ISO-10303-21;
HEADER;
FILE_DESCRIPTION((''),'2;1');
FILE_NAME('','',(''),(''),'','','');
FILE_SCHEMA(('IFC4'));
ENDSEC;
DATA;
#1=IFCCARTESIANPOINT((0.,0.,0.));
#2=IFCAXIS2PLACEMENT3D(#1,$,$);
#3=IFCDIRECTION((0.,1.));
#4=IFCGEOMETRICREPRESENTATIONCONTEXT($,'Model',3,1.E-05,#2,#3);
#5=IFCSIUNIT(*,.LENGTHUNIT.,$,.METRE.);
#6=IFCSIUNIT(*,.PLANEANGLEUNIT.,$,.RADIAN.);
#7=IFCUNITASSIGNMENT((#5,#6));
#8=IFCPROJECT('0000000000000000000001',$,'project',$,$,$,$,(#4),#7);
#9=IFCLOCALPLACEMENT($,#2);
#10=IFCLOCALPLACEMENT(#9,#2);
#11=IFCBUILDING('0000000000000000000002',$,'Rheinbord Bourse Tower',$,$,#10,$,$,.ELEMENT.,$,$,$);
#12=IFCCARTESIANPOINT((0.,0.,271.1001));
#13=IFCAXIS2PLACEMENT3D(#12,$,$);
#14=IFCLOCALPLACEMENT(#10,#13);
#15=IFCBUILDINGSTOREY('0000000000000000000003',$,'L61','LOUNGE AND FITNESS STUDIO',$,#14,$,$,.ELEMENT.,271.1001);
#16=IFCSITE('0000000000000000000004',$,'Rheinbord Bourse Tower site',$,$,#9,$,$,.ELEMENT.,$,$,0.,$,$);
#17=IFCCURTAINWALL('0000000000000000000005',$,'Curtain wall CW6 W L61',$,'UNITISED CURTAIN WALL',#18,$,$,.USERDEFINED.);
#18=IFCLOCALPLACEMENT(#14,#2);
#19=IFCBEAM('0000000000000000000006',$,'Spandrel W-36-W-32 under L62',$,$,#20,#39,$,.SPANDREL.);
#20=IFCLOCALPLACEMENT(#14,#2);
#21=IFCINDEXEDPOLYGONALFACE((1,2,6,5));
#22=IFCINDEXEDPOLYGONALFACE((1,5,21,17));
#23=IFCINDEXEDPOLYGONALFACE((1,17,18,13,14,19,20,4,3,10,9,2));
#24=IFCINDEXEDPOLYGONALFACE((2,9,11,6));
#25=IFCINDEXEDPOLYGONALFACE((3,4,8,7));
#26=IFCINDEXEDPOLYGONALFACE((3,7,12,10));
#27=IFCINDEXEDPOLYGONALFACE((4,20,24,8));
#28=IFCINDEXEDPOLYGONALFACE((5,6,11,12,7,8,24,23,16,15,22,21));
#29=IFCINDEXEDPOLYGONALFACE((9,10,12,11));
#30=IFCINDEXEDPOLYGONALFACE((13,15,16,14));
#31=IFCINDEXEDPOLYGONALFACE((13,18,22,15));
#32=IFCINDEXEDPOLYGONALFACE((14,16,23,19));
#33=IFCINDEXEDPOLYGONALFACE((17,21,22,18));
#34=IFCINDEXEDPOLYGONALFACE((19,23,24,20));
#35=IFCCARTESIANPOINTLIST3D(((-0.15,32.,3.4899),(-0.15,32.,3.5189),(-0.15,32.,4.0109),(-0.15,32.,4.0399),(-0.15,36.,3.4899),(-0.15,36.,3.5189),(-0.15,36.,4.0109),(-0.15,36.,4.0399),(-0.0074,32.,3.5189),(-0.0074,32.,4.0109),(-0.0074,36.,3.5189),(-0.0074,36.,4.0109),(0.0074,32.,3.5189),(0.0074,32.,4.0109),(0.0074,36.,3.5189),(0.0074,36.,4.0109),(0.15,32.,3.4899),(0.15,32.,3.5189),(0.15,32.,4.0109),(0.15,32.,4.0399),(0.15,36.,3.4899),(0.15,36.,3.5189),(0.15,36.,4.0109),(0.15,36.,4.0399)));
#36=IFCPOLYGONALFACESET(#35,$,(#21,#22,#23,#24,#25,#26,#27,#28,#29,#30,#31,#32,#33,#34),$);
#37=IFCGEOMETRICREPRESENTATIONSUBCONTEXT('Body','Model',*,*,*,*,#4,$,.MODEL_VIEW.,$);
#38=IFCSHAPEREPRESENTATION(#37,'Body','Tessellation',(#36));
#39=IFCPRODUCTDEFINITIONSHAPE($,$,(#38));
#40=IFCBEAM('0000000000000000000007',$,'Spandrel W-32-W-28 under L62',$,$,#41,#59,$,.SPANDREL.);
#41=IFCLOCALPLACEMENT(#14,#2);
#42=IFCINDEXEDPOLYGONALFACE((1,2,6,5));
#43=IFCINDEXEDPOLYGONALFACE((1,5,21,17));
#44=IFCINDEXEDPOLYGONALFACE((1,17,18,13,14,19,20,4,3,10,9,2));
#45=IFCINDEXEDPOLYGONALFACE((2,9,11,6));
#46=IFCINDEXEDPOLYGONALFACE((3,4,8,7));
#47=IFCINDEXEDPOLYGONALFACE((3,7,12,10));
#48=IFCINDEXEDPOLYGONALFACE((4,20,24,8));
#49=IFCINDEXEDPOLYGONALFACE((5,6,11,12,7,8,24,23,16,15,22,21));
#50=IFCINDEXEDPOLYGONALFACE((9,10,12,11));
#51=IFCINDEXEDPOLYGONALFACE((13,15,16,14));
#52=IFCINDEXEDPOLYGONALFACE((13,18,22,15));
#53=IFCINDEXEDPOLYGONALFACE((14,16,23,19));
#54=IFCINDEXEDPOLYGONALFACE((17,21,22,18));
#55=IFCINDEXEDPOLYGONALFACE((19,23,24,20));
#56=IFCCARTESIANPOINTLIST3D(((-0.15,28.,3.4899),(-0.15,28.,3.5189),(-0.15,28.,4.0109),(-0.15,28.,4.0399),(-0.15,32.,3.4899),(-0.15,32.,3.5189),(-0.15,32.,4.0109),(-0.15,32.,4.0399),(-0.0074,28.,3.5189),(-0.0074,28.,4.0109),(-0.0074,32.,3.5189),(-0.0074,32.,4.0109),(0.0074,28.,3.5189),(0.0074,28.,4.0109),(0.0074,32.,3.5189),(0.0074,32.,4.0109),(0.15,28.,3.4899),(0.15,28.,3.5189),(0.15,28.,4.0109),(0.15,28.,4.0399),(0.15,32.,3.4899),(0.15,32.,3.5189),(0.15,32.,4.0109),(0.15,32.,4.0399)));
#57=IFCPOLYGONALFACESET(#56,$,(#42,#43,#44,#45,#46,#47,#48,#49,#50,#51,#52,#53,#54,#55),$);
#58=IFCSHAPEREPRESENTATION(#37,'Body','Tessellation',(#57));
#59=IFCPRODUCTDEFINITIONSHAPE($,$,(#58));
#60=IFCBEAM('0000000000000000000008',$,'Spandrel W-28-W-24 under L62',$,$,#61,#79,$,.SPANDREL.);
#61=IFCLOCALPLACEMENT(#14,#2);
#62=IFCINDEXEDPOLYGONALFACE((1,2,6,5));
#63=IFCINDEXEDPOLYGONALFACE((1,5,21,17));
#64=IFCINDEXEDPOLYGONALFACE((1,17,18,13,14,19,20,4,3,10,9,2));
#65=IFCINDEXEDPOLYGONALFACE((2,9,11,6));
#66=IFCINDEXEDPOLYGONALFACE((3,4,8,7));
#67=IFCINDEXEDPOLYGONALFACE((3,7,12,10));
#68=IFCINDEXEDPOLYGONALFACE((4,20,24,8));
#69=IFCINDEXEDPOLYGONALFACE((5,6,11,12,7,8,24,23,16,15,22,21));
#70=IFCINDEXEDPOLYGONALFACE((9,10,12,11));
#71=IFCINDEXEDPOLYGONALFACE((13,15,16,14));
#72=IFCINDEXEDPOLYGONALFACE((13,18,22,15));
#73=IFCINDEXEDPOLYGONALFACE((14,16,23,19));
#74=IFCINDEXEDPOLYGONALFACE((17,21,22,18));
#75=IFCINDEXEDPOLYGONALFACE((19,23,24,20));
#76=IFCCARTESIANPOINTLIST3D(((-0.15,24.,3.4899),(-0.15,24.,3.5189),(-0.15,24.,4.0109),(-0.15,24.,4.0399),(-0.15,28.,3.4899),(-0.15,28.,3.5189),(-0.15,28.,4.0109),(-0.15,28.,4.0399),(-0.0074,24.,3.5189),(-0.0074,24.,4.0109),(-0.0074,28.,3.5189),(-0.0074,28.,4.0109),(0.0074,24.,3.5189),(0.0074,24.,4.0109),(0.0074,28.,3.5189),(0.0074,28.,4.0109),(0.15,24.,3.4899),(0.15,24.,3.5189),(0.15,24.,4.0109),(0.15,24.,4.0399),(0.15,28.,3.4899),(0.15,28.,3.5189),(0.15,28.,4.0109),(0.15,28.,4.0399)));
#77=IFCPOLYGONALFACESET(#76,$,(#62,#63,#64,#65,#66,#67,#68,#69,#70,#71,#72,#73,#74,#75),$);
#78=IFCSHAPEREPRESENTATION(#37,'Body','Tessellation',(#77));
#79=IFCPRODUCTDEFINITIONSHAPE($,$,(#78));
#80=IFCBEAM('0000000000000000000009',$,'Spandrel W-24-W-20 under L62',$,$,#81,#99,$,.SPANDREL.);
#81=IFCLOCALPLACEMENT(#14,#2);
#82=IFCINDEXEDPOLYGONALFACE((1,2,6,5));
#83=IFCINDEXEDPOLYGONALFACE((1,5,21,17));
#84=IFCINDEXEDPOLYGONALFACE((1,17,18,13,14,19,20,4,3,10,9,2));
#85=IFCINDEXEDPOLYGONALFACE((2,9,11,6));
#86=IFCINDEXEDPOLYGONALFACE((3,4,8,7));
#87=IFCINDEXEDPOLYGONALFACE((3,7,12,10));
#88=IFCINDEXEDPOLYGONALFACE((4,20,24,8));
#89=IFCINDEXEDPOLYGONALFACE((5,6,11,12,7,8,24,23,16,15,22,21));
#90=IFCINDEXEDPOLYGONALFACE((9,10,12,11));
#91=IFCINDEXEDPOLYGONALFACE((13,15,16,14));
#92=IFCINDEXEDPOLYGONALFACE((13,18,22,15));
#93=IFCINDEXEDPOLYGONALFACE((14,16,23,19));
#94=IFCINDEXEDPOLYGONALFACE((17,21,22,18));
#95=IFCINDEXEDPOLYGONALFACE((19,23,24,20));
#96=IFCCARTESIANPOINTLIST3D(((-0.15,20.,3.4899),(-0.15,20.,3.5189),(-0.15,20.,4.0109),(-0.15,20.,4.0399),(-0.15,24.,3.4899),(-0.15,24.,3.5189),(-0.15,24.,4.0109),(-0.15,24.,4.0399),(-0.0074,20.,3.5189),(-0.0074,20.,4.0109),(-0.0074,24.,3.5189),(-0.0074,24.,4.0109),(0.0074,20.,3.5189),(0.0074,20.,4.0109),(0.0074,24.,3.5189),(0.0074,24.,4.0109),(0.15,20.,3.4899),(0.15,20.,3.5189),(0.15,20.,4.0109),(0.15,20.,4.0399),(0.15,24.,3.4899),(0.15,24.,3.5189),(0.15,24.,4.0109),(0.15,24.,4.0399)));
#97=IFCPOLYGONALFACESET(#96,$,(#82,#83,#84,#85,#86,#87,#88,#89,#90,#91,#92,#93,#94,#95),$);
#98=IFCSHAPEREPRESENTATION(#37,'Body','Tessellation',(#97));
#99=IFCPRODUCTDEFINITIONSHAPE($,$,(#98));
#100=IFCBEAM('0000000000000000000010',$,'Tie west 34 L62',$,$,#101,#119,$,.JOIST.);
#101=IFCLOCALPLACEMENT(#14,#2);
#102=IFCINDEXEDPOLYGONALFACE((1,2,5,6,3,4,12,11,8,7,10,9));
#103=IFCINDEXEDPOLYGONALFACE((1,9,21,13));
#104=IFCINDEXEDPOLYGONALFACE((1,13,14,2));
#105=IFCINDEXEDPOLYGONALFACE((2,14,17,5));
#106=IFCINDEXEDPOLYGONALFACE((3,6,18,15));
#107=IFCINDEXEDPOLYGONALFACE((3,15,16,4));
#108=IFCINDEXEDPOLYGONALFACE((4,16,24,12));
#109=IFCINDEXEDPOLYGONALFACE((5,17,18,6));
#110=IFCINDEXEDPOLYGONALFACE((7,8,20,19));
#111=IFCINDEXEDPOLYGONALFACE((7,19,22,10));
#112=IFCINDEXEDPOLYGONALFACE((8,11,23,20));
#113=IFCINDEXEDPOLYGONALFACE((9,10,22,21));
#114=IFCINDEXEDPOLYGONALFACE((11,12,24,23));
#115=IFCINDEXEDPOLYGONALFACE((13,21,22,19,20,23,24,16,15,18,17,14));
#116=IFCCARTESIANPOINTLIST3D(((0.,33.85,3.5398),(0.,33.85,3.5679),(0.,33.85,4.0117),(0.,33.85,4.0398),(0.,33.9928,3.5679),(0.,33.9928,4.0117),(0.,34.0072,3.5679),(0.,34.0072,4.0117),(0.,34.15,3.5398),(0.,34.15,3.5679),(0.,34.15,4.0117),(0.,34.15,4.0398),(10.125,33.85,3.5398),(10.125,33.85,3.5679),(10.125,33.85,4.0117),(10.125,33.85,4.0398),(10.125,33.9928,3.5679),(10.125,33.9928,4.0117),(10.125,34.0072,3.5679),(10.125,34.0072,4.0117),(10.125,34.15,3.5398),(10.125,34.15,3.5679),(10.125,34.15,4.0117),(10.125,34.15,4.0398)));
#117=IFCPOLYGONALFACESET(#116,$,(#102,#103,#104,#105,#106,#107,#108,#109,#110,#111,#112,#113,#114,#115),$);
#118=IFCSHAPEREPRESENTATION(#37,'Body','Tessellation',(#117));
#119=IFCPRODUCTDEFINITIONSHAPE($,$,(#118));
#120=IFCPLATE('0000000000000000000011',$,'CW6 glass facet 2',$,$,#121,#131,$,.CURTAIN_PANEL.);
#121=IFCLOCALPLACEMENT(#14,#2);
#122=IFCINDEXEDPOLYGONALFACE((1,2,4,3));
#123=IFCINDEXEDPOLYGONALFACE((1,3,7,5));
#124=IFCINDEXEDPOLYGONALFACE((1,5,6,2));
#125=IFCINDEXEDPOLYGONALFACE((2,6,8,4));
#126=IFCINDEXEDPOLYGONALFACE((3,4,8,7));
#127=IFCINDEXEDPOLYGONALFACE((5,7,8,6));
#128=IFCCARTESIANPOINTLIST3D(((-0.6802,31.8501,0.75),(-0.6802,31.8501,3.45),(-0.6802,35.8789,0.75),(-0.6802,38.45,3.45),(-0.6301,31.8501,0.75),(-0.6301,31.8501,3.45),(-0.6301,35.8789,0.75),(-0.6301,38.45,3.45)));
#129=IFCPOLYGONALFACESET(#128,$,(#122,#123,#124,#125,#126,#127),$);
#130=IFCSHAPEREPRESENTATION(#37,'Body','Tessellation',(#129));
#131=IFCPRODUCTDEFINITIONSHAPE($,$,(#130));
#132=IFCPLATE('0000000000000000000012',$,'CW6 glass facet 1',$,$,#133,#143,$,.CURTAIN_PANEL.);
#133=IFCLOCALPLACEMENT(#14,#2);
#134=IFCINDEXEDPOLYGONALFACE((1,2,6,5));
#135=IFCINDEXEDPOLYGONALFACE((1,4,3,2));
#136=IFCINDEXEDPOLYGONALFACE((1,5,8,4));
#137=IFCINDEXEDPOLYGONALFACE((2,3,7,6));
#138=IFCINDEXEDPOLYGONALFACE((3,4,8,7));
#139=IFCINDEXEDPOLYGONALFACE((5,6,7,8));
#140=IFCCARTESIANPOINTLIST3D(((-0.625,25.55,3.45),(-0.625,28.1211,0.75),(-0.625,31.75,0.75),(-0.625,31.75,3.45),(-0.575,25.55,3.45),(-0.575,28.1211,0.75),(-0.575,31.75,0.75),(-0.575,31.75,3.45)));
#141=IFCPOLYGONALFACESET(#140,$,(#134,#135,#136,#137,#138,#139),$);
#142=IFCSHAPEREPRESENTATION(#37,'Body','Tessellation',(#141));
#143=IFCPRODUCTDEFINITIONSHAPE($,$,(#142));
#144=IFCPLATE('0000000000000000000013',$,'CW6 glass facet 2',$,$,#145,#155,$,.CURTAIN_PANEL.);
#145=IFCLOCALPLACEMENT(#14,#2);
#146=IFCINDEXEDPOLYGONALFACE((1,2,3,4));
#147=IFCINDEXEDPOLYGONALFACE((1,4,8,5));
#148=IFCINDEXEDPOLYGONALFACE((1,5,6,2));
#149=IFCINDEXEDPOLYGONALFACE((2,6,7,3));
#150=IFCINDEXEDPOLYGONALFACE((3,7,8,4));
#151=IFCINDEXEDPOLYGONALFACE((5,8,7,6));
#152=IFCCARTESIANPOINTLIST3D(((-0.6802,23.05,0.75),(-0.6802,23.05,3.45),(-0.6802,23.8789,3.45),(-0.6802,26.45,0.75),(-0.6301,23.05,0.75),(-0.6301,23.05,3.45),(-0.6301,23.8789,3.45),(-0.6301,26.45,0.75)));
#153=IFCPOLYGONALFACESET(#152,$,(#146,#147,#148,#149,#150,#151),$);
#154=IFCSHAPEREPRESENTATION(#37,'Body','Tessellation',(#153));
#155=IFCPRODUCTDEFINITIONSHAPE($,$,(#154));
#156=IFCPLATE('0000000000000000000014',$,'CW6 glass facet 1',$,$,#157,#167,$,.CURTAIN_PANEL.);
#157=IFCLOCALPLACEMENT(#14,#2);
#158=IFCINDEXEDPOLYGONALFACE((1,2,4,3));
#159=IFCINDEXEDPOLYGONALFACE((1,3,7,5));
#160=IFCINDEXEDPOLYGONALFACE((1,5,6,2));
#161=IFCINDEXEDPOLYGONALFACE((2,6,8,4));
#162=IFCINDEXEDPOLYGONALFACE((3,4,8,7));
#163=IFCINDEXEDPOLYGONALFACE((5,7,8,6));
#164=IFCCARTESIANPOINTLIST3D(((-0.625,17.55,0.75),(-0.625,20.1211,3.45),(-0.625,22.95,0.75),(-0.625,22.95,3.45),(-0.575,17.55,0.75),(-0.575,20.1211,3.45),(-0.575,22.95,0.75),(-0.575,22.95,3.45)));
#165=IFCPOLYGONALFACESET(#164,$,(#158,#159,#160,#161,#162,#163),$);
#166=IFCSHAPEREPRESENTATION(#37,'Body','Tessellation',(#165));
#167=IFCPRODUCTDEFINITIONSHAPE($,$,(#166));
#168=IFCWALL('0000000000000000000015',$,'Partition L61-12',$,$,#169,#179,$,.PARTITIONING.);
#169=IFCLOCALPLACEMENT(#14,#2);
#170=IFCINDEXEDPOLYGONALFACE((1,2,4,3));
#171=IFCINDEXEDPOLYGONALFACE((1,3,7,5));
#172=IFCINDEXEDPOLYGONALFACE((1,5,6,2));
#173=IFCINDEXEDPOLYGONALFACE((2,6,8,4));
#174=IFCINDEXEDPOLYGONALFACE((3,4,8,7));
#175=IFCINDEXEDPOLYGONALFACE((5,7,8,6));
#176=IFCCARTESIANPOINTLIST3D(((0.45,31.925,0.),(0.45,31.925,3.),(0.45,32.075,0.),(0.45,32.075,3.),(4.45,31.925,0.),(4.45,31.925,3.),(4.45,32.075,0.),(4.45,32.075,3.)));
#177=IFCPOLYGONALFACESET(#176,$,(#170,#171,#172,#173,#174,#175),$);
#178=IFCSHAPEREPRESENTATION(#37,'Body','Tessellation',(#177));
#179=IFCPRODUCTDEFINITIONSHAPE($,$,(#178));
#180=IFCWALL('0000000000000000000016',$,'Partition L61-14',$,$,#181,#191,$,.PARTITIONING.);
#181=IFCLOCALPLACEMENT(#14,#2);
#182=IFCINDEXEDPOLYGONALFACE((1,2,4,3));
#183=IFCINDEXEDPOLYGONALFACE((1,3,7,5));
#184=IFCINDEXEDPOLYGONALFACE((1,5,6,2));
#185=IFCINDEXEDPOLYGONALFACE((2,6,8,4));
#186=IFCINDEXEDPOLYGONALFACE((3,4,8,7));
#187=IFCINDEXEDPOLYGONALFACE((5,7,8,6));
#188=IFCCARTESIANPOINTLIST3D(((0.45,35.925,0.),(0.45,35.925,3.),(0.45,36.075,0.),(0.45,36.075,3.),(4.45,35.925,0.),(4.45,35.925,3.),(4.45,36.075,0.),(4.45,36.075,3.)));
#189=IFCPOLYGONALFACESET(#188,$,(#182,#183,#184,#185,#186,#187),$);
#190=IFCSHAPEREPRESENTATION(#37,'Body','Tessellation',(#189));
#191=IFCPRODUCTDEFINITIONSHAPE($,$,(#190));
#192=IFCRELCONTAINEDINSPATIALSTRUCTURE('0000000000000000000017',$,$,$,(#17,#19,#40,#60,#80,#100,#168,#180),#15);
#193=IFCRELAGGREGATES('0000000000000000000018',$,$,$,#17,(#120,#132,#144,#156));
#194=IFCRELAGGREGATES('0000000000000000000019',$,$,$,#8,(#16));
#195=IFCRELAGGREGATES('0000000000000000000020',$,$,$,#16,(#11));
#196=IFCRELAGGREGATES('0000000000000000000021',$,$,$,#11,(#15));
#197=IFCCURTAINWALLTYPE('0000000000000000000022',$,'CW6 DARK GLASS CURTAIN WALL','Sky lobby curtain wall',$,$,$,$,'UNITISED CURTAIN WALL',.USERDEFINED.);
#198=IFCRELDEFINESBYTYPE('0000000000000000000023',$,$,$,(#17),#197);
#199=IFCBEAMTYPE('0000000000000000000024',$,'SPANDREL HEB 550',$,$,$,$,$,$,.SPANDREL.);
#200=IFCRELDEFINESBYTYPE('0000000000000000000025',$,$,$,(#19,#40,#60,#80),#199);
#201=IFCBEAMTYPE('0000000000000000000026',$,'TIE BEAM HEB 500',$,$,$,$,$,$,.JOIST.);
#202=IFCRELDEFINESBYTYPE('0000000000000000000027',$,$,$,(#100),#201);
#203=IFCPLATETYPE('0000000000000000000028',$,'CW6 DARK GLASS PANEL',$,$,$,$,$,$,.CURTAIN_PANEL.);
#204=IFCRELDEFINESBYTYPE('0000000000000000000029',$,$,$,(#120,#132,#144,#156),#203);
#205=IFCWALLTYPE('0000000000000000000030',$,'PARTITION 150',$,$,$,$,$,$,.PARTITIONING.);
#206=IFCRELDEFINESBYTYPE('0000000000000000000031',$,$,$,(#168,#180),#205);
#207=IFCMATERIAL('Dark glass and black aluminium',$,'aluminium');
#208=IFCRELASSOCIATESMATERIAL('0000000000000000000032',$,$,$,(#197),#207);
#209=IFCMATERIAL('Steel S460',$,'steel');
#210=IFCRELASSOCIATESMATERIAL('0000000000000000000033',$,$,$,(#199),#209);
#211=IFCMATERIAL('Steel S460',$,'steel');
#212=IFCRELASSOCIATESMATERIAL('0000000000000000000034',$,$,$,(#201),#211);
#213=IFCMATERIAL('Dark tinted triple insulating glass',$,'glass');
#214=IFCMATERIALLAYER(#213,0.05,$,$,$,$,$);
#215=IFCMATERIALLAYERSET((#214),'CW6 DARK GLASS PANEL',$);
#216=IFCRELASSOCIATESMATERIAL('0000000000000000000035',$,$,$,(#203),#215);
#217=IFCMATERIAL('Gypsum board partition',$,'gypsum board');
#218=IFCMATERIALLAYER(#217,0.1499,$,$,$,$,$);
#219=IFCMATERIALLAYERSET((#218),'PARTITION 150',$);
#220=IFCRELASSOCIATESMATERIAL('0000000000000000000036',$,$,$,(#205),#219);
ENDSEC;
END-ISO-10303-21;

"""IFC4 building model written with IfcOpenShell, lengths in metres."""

from ifc_helpers import new_model, si_unit, direction, frame, frame_2d, origin, origin_2d, place, context, subcontext, project, spatial, polyline, rectangle, i_section, outline, extrude, material, layer, layer_set, material_profile, profile_set, type_object, element, aggregate, save


model = new_model("IFC4")

# Units and contexts
model_context = context("Model", 3, precision=1e-05, world=origin(), true_north=direction((0.0, 1.0)))
body_context = subcontext(model_context, "Body", "Model", "MODEL_VIEW")
ifc_project = project(units=[si_unit("LENGTHUNIT", "METRE"), si_unit("PLANEANGLEUNIT", "RADIAN")], contexts=[model_context])

# Site, building, storey
site_placement = place(None, origin())
site = spatial("IfcSite", under=ifc_project, at=site_placement, Name="Rheinbord Bourse Tower site", CompositionType="ELEMENT", RefElevation=0.0)
building_placement = place(site_placement, origin())
building = spatial("IfcBuilding", under=site, at=building_placement, Name="Rheinbord Bourse Tower", CompositionType="ELEMENT")
storey_placement = place(building_placement, frame((0.0, 0.0, 271.1001)))
storey = spatial("IfcBuildingStorey", under=building, at=storey_placement, Name="L61", Description="LOUNGE AND FITNESS STUDIO", CompositionType="ELEMENT", Elevation=271.1001)

# Curtain wall
ifc_material_1 = material(Name="Dark glass and black aluminium", Category="aluminium")
curtain_wall_type = type_object("IfcCurtainWallType", Name="CW6 DARK GLASS CURTAIN WALL", Description="Sky lobby curtain wall", ElementType="UNITISED CURTAIN WALL", PredefinedType="USERDEFINED", material=ifc_material_1)
curtain_wall_placement = place(storey_placement, origin())
curtain_wall = element("IfcCurtainWall", 1, at=curtain_wall_placement, inside=storey, type_object=curtain_wall_type, Name="Curtain wall CW6 W L61", ObjectType="UNITISED CURTAIN WALL", PredefinedType="USERDEFINED")

# Beams
ifc_material_2 = material(Name="Steel S460", Category="steel")
ifc_material_profile_1 = material_profile(ifc_material_2, i_section(OverallWidth=0.3, OverallDepth=0.55, WebThickness=0.0149, FlangeThickness=0.0291, at=origin_2d()), Name="HEB 550")
ifc_profile_set_1 = profile_set([ifc_material_profile_1], Name="Steel S460")
beam_type_1 = type_object("IfcBeamType", Name="SPANDREL HEB 550", PredefinedType="SPANDREL", material=ifc_profile_set_1)
for number, where, z_axis, x_axis, name in (
    (2, (0.0, 36.0, 3.7649), (0.0, -1.0, 0.0), (1.0, 0.0, 0.0), "Spandrel W-36-W-32 under L62"),
    (3, (0.0, 32.0, 3.7649), (0.0, -1.0, 0.0), (1.0, 0.0, 0.0), "Spandrel W-32-W-28 under L62"),
    (4, (0.0, 28.0, 3.7649), (0.0, -1.0, 0.0), (1.0, 0.0, 0.0), "Spandrel W-28-W-24 under L62"),
    (5, (0.0, 24.0, 3.7649), (0.0, -1.0, 0.0), (1.0, 0.0, 0.0), "Spandrel W-24-W-20 under L62"),
):
    element("IfcBeam", number, at=place(storey_placement, frame(where, z_axis=z_axis, x_axis=x_axis)), inside=storey, type_object=beam_type_1, Name=name, PredefinedType="SPANDREL", context=body_context, shape_type="SweptSolid", body=[
        extrude(i_section(OverallWidth=0.3, OverallDepth=0.55, WebThickness=0.0149, FlangeThickness=0.0291, at=origin_2d()), origin(), (0.0, 0.0, 1.0), 4.0),
    ])
ifc_material_3 = material(Name="Steel S460", Category="steel")
ifc_material_profile_2 = material_profile(ifc_material_3, i_section(OverallWidth=0.3, OverallDepth=0.5, WebThickness=0.0144, FlangeThickness=0.0281, at=origin_2d()), Name="HEB 500")
ifc_profile_set_2 = profile_set([ifc_material_profile_2], Name="Steel S460")
beam_type_2 = type_object("IfcBeamType", Name="TIE BEAM HEB 500", PredefinedType="JOIST", material=ifc_profile_set_2)
beam_1_placement = place(storey_placement, frame((0.0, 34.0, 3.7898), z_axis=(1.0, 0.0, 0.0), x_axis=(0.0, 1.0, 0.0)))
element("IfcBeam", 6, at=beam_1_placement, inside=storey, type_object=beam_type_2, Name="Tie west 34 L62", PredefinedType="JOIST", context=body_context, shape_type="SweptSolid", body=[
    extrude(i_section(OverallWidth=0.3, OverallDepth=0.5, WebThickness=0.0144, FlangeThickness=0.0281, at=origin_2d()), origin(), (0.0, 0.0, 1.0), 10.125),
])

# Plates
ifc_material_4 = material(Name="Dark tinted triple insulating glass", Category="glass")
ifc_layer_1 = layer(ifc_material_4, 0.05)
ifc_layer_set_1 = layer_set([ifc_layer_1], Name="CW6 DARK GLASS PANEL")
plate_type = type_object("IfcPlateType", Name="CW6 DARK GLASS PANEL", PredefinedType="CURTAIN_PANEL", material=ifc_layer_set_1)
plate_1_placement = place(storey_placement, frame((-0.6802, 31.8501, 3.45), z_axis=(1.0, 0.0, 0.0), x_axis=(0.0, 0.0, -1.0)))
plate_1 = element("IfcPlate", 7, at=plate_1_placement, type_object=plate_type, Name="CW6 glass facet 2", PredefinedType="CURTAIN_PANEL", context=body_context, shape_type="SweptSolid", body=[
    extrude(outline(polyline([(0.0, 0.0), (2.7, 0.0), (2.7, 4.0288), (0.0, 6.5999), (0.0, 0.0)])), origin(), (0.0, 0.0, 1.0), 0.05),
])
plate_2_placement = place(storey_placement, frame((-0.625, 31.75, 0.75), z_axis=(1.0, 0.0, 0.0), x_axis=(0.0, 0.0, 1.0)))
plate_2 = element("IfcPlate", 8, at=plate_2_placement, type_object=plate_type, Name="CW6 glass facet 1", PredefinedType="CURTAIN_PANEL", context=body_context, shape_type="SweptSolid", body=[
    extrude(outline(polyline([(0.0, 0.0), (2.7, 0.0), (2.7, 6.2), (0.0, 3.6289), (0.0, 0.0)])), origin(), (0.0, 0.0, 1.0), 0.05),
])
plate_3_placement = place(storey_placement, frame((-0.6802, 23.05, 3.45), z_axis=(1.0, 0.0, 0.0), x_axis=(0.0, 0.0, -1.0)))
plate_3 = element("IfcPlate", 9, at=plate_3_placement, type_object=plate_type, Name="CW6 glass facet 2", PredefinedType="CURTAIN_PANEL", context=body_context, shape_type="SweptSolid", body=[
    extrude(outline(polyline([(0.0, 0.0), (2.7, 0.0), (2.7, 3.3999), (0.0, 0.8289), (0.0, 0.0)])), origin(), (0.0, 0.0, 1.0), 0.05),
])
plate_4_placement = place(storey_placement, frame((-0.625, 22.95, 0.75), z_axis=(1.0, 0.0, 0.0), x_axis=(0.0, 0.0, 1.0)))
plate_4 = element("IfcPlate", 10, at=plate_4_placement, type_object=plate_type, Name="CW6 glass facet 1", PredefinedType="CURTAIN_PANEL", context=body_context, shape_type="SweptSolid", body=[
    extrude(outline(polyline([(0.0, 0.0), (2.7, 0.0), (2.7, 2.8289), (0.0, 5.3999), (0.0, 0.0)])), origin(), (0.0, 0.0, 1.0), 0.05),
])
aggregate(curtain_wall, [plate_1, plate_2, plate_3, plate_4])

# Walls
ifc_material_5 = material(Name="Gypsum board partition", Category="gypsum board")
ifc_layer_2 = layer(ifc_material_5, 0.1499)
ifc_layer_set_2 = layer_set([ifc_layer_2], Name="PARTITION 150")
wall_type = type_object("IfcWallType", Name="PARTITION 150", PredefinedType="PARTITIONING", material=ifc_layer_set_2)
for number, where, z_axis, x_axis, name in (
    (11, (0.45, 32.0, 0.0), (0.0, 0.0, 1.0), (1.0, 0.0, 0.0), "Partition L61-12"),
    (12, (0.45, 36.0, 0.0), (0.0, 0.0, 1.0), (1.0, 0.0, 0.0), "Partition L61-14"),
):
    element("IfcWall", number, at=place(storey_placement, frame(where, z_axis=z_axis, x_axis=x_axis)), inside=storey, type_object=wall_type, Name=name, PredefinedType="PARTITIONING", context=body_context, shape_type="SweptSolid", body=[
        extrude(rectangle(XDim=4.0, YDim=0.1499, at=frame_2d((2.0, 0.0))), origin(), (0.0, 0.0, 1.0), 3.0),
    ])

save(model, "model.ifc")
